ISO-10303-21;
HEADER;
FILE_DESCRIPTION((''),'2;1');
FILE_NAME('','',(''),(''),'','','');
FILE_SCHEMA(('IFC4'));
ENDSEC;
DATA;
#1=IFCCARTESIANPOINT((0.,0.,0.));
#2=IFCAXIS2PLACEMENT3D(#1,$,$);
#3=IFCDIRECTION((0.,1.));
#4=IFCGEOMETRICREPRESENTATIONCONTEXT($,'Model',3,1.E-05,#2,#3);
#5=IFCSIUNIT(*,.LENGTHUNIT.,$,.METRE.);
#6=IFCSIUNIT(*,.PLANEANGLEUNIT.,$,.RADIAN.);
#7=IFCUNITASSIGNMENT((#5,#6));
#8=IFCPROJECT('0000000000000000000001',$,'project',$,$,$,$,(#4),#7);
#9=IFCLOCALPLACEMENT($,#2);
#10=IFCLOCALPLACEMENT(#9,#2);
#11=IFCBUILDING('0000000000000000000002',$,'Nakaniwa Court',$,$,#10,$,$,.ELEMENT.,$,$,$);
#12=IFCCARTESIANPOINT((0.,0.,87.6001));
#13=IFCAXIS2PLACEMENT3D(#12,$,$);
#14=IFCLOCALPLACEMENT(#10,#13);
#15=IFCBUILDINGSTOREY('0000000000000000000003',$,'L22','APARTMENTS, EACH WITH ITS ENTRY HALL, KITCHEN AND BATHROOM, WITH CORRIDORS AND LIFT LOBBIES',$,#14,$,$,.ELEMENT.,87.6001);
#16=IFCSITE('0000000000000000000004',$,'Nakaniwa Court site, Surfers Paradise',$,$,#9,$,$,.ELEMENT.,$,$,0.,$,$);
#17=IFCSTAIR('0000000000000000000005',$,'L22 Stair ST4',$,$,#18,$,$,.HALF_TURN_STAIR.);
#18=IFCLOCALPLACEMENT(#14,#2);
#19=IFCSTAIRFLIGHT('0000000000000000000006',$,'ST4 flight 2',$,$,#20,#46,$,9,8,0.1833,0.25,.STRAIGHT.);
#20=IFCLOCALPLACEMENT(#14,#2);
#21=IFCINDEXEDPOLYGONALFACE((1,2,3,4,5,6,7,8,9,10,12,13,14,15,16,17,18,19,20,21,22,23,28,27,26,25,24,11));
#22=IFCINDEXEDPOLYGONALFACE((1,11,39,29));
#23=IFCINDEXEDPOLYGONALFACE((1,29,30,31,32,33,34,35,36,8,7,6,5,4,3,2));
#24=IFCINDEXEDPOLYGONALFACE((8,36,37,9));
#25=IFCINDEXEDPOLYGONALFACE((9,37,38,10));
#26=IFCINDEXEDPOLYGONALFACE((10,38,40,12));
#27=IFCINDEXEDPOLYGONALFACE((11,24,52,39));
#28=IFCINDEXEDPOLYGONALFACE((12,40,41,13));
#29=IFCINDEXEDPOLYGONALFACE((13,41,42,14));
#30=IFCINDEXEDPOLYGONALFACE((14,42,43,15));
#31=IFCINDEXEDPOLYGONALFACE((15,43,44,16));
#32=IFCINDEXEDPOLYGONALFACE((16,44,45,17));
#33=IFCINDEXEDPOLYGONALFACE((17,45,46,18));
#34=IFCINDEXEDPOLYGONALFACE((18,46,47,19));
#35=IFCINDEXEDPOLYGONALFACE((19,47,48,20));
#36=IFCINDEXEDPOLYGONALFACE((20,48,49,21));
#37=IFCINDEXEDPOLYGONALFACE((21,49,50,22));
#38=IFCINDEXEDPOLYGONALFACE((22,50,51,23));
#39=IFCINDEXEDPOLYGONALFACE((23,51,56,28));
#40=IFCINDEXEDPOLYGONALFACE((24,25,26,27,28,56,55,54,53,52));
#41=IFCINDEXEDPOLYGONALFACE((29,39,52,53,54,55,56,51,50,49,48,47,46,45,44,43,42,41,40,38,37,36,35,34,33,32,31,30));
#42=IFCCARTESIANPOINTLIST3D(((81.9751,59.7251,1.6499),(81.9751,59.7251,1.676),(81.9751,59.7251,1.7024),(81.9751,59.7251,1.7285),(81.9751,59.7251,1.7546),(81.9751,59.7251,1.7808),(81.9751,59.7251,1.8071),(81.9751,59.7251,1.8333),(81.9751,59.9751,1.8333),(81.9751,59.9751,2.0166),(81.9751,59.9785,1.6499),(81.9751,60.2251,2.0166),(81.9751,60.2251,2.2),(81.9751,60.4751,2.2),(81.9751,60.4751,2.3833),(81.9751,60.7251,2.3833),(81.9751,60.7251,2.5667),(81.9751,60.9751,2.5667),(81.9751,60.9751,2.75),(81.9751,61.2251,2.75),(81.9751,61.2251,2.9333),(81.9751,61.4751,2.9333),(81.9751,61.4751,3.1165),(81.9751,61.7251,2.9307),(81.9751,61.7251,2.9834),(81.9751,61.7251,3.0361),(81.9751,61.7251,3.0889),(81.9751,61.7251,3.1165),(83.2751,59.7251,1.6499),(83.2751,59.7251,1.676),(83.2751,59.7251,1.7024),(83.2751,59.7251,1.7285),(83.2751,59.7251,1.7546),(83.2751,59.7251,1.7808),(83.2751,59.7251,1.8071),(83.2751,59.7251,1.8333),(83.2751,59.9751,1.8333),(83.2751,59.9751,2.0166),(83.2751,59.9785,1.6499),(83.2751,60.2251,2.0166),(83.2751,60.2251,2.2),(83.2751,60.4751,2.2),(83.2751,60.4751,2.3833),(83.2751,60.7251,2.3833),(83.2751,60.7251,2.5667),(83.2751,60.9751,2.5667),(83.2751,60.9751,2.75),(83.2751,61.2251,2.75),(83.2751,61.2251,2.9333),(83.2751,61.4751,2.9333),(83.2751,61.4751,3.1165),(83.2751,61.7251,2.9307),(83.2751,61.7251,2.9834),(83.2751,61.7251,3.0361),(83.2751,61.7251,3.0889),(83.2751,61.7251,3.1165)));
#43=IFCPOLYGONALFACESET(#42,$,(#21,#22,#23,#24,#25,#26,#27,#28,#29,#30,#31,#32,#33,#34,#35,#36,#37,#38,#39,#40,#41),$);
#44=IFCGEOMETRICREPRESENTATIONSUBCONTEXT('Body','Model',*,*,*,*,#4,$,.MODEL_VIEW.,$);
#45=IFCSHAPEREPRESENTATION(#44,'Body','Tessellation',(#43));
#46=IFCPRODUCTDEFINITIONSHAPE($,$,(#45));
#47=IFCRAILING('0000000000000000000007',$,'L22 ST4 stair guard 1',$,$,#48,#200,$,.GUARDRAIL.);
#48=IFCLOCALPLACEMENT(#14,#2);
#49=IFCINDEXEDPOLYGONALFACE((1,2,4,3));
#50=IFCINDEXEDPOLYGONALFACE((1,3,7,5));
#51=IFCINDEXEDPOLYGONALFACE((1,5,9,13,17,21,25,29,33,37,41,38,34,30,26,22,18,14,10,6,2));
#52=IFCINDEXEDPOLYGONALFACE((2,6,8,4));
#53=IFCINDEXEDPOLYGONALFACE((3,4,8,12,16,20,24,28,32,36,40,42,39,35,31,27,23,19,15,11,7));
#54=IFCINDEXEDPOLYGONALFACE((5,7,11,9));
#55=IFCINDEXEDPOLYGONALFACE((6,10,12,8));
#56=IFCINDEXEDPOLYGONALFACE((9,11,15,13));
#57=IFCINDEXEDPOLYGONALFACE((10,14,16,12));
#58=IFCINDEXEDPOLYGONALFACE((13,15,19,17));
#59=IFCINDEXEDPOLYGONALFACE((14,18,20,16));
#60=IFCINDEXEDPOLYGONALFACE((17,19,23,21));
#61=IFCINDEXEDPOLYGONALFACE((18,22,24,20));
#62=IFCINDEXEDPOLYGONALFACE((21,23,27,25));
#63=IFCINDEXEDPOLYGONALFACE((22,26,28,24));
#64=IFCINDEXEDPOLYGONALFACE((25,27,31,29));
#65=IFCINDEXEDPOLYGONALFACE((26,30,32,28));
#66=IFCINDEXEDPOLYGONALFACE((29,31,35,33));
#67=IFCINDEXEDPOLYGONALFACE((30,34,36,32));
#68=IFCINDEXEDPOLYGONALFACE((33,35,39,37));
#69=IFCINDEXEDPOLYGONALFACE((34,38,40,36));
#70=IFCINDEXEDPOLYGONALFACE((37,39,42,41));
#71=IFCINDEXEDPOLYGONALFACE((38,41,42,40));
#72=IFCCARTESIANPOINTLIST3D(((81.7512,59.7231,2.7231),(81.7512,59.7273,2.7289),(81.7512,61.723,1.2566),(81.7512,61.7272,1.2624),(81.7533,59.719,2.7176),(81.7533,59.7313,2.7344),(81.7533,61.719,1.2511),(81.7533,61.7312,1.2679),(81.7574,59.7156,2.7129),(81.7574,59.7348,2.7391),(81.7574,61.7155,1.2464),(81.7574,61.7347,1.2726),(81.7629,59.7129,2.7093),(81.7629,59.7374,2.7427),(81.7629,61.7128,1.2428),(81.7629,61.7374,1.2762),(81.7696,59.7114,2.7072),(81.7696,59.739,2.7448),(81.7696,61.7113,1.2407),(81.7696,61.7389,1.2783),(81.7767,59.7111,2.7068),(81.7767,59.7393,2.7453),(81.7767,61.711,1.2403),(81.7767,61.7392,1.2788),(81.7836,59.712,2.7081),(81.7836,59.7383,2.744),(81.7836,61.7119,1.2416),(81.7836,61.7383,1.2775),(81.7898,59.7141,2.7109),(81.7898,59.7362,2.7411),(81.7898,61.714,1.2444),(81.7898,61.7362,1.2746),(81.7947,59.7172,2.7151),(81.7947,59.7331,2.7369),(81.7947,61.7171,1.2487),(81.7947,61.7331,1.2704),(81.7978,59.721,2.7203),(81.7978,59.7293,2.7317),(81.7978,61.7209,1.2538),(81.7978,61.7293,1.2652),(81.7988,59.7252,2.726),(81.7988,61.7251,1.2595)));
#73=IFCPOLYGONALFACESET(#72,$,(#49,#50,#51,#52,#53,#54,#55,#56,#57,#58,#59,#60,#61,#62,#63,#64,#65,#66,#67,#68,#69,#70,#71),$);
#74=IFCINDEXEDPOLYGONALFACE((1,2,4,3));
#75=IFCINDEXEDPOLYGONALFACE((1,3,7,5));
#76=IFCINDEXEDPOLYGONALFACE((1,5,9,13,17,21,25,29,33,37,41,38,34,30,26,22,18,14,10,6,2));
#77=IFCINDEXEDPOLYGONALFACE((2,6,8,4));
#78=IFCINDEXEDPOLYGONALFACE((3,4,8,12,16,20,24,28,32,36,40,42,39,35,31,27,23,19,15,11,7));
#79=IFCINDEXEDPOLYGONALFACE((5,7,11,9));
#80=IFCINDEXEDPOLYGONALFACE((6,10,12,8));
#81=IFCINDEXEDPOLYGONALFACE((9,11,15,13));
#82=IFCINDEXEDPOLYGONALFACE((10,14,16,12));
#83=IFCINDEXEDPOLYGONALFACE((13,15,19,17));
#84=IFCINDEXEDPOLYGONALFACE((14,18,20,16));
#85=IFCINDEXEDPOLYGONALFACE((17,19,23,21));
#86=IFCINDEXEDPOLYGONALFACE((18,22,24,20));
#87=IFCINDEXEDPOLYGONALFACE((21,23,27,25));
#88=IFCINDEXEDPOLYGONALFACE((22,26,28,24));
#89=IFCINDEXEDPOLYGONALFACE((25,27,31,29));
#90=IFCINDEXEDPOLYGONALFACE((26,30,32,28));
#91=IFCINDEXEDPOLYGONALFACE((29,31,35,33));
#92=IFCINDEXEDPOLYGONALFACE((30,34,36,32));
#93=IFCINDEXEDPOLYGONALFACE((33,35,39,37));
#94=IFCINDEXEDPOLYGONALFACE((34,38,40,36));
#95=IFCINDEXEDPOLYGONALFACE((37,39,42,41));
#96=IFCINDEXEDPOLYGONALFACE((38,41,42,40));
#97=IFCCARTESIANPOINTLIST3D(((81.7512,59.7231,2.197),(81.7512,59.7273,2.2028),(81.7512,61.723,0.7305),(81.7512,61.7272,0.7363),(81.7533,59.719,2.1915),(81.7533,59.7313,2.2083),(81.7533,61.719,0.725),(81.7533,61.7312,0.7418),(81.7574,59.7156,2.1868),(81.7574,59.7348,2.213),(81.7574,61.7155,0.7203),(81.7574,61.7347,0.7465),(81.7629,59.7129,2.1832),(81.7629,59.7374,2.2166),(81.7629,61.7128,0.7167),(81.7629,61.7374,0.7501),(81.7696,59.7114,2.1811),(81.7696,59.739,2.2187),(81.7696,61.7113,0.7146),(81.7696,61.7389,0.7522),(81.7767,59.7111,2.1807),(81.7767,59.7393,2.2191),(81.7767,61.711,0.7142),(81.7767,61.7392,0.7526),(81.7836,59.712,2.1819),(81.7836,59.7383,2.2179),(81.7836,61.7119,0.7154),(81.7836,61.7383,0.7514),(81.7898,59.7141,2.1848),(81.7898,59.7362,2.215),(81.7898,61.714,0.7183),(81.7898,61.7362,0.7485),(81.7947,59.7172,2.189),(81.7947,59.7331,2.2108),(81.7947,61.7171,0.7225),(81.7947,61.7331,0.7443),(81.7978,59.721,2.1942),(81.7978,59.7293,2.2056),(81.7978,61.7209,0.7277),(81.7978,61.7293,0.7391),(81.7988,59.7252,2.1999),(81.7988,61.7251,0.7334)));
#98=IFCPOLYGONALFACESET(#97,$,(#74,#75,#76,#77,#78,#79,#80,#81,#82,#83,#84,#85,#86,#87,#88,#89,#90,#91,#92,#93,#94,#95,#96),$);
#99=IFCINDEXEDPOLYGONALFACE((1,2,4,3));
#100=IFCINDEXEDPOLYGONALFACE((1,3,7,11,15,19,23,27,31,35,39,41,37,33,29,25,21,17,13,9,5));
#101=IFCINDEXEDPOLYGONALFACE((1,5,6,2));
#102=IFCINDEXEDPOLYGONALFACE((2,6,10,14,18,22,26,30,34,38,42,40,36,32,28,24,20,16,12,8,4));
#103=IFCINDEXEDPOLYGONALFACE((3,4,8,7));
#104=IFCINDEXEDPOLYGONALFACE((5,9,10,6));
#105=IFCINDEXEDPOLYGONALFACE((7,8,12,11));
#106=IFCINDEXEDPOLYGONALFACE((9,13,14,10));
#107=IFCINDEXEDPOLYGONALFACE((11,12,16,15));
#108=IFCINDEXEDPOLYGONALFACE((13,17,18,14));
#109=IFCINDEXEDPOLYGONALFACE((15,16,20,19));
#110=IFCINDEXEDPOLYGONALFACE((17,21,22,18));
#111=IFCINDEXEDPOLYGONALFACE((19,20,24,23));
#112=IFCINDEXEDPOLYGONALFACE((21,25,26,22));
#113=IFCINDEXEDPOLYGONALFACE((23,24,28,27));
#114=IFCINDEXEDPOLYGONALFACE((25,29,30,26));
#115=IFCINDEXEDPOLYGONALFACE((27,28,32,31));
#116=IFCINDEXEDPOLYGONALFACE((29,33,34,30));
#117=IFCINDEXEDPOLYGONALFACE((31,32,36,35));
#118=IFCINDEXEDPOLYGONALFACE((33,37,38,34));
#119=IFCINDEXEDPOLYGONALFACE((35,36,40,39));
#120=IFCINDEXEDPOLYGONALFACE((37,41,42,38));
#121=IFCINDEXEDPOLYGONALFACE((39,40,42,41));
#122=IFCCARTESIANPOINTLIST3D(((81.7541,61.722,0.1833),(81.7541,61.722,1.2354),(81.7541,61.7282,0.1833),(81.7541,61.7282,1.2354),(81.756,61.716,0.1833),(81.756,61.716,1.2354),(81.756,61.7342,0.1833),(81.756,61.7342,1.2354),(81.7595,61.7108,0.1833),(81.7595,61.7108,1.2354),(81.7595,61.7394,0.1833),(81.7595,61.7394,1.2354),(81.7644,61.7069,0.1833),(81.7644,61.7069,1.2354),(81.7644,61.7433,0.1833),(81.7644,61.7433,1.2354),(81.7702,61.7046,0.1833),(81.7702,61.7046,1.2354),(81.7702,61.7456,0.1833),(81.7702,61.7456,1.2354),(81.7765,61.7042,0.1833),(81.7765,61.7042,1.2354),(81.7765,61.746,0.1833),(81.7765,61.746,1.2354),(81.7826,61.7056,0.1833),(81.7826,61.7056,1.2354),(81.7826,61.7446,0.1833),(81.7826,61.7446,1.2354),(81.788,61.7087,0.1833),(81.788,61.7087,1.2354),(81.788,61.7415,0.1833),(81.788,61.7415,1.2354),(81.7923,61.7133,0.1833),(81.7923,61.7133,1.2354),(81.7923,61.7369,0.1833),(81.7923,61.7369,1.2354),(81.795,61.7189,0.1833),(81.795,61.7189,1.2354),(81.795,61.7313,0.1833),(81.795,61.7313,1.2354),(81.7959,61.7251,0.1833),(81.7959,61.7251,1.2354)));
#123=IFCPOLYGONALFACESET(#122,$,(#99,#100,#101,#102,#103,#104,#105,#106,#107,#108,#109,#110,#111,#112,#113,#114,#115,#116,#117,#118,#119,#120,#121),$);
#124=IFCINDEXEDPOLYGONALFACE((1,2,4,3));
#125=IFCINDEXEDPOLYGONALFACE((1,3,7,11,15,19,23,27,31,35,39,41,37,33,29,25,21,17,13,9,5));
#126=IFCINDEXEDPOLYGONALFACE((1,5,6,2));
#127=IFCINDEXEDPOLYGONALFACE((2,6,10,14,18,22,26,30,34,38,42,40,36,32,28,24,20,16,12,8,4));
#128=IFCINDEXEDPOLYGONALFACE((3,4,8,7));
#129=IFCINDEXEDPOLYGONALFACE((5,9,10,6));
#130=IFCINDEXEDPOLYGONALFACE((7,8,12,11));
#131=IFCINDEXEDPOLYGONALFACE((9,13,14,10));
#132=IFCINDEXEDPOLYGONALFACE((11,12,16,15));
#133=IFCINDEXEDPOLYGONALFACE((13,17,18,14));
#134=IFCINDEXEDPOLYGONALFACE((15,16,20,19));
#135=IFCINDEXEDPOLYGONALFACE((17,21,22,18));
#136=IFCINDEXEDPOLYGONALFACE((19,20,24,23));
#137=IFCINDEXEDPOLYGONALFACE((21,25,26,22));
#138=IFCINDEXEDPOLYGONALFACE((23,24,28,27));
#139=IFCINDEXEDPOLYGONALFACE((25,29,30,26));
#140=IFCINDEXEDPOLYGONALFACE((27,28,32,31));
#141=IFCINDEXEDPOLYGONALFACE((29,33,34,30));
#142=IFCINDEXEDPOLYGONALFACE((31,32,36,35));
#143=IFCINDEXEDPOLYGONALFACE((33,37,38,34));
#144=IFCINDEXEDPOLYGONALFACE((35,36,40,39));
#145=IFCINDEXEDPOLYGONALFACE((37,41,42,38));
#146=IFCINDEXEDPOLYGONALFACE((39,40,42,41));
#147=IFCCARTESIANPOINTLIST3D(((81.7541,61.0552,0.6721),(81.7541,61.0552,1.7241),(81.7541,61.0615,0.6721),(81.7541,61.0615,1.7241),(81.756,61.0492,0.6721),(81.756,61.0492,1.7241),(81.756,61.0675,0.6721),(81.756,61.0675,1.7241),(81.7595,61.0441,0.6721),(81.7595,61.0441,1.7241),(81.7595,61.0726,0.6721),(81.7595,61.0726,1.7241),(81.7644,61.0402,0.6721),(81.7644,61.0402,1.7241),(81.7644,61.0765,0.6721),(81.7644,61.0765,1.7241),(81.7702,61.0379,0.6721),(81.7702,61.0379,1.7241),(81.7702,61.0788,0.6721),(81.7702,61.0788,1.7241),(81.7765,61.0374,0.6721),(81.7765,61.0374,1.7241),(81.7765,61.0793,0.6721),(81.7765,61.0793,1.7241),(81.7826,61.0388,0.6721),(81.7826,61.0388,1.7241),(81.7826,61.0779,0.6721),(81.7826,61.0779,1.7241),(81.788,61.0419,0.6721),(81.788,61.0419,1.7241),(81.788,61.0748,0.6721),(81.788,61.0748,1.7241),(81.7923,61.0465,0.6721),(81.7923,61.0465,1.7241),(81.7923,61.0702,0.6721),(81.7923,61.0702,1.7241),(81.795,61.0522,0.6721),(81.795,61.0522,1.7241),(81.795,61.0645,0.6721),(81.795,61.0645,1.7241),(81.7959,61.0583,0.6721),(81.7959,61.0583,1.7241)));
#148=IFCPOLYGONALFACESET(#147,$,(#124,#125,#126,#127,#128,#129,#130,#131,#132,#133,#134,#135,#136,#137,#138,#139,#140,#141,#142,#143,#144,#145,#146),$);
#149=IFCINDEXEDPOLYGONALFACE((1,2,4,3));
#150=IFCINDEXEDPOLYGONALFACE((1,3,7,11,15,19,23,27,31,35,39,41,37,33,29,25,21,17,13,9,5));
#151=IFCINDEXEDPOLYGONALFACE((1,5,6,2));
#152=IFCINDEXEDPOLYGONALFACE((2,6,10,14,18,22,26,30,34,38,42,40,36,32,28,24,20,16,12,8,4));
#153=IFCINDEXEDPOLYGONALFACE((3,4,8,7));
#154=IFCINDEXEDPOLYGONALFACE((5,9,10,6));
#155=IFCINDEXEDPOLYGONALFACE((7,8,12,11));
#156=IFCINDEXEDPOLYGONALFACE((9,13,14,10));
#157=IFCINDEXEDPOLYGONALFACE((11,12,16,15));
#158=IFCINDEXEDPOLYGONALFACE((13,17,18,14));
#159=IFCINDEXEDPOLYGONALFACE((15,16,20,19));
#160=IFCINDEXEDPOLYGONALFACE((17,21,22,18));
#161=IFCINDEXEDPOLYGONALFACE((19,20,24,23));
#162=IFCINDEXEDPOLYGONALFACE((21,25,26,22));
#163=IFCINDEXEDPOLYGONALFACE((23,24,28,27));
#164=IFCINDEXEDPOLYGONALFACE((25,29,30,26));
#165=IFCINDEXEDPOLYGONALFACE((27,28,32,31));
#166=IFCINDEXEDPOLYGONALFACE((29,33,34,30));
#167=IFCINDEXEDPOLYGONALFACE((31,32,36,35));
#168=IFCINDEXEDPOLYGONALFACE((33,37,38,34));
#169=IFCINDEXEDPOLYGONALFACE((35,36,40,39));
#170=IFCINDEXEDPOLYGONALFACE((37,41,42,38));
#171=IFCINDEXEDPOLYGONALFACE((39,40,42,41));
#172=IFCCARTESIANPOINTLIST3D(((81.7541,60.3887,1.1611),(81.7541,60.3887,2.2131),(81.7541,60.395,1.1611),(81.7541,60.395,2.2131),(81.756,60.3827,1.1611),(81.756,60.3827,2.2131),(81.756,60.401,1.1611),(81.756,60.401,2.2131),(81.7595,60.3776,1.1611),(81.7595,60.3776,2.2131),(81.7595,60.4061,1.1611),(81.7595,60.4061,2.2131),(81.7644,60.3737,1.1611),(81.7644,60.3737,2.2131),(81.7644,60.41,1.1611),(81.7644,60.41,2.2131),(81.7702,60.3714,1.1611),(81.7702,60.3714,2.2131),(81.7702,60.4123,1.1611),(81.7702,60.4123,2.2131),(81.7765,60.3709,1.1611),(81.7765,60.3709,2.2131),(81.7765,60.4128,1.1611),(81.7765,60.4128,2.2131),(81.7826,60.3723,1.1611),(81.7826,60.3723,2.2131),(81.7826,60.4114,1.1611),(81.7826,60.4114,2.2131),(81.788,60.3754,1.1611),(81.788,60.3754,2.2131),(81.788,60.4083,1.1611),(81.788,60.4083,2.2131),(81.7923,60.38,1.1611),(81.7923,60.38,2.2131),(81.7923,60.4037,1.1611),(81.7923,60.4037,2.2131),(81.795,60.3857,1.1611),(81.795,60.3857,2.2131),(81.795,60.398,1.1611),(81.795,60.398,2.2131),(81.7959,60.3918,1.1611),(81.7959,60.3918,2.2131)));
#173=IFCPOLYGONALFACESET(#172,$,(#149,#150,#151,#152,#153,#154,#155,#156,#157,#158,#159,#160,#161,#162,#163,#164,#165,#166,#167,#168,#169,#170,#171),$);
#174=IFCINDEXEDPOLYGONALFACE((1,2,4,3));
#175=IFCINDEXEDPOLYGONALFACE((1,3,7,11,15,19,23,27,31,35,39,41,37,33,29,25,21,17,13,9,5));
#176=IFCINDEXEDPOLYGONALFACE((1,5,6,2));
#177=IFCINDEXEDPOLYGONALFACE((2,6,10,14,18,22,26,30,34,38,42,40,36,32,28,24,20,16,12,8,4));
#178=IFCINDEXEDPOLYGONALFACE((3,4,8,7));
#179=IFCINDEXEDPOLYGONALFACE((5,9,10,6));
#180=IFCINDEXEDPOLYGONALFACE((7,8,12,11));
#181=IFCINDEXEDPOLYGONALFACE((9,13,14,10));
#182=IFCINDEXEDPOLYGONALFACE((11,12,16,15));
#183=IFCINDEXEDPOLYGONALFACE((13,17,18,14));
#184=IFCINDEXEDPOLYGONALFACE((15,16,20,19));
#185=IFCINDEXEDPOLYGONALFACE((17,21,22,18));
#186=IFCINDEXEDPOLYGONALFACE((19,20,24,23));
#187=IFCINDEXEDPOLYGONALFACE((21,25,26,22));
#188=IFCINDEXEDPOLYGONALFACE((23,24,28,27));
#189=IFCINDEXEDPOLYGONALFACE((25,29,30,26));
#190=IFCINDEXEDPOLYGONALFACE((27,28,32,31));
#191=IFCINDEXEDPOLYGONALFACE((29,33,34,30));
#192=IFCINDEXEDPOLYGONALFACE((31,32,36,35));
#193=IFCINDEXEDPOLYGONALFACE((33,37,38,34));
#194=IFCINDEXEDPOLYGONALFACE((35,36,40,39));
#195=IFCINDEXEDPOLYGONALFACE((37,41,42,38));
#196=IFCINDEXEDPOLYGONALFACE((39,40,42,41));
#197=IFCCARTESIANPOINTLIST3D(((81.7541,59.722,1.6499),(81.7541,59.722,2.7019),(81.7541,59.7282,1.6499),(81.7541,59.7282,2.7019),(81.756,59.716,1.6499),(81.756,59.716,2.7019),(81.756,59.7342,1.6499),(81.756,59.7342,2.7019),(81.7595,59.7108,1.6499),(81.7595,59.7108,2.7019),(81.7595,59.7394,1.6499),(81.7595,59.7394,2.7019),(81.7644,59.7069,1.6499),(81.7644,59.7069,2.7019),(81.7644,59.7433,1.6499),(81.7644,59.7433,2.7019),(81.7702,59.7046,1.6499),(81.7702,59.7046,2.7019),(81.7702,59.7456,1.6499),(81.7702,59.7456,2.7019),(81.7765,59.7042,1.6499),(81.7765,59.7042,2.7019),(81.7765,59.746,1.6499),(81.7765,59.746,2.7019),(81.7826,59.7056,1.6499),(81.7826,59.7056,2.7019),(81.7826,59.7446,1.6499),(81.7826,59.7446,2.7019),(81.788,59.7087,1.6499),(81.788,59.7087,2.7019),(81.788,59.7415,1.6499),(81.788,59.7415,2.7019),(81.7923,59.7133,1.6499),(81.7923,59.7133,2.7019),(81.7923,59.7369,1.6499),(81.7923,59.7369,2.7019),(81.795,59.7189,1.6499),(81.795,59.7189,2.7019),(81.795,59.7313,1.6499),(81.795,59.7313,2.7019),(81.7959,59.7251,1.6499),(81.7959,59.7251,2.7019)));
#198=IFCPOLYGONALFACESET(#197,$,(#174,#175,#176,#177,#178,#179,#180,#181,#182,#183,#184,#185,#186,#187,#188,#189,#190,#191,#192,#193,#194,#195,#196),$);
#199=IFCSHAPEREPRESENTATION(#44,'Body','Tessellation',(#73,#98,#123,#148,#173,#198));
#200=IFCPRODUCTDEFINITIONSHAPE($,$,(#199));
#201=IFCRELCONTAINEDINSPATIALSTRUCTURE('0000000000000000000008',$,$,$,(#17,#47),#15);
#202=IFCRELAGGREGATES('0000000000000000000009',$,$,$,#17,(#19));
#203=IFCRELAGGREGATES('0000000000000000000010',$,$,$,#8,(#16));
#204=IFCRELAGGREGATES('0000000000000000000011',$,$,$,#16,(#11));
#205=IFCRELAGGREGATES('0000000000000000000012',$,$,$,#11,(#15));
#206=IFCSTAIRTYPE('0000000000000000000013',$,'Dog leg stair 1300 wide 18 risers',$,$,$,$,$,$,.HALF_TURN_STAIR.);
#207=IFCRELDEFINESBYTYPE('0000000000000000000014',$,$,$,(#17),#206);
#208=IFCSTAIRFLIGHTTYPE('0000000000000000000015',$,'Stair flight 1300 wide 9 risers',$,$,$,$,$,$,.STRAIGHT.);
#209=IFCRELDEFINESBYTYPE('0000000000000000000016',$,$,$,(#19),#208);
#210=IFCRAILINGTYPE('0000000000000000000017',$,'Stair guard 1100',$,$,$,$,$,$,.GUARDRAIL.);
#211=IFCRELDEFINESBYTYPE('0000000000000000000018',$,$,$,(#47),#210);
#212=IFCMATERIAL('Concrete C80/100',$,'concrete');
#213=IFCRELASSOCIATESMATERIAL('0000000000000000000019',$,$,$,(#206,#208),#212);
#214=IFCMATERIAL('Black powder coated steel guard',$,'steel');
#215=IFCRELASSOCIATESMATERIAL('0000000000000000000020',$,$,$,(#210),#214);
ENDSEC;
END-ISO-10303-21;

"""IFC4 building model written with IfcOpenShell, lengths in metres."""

from ifc_helpers import new_model, si_unit, direction, frame, origin, origin_2d, place, context, subcontext, project, spatial, polyline, circle, outline, extrude, material, type_object, element, aggregate, save


model = new_model("IFC4")

# Units and contexts
model_context = context("Model", 3, precision=1e-05, world=origin(), true_north=direction((0.0, 1.0)))
body_context = subcontext(model_context, "Body", "Model", "MODEL_VIEW")
ifc_project = project(units=[si_unit("LENGTHUNIT", "METRE"), si_unit("PLANEANGLEUNIT", "RADIAN")], contexts=[model_context])

# Site, building, storey
site_placement = place(None, origin())
site = spatial("IfcSite", under=ifc_project, at=site_placement, Name="Nakaniwa Court site, Surfers Paradise", CompositionType="ELEMENT", RefElevation=0.0)
building_placement = place(site_placement, origin())
building = spatial("IfcBuilding", under=site, at=building_placement, Name="Nakaniwa Court", CompositionType="ELEMENT")
storey_placement = place(building_placement, frame((0.0, 0.0, 87.6001)))
storey = spatial("IfcBuildingStorey", under=building, at=storey_placement, Name="L22", Description="APARTMENTS, EACH WITH ITS ENTRY HALL, KITCHEN AND BATHROOM, WITH CORRIDORS AND LIFT LOBBIES", CompositionType="ELEMENT", Elevation=87.6001)

# Shared definitions
ifc_material_1 = material(Name="Concrete C80/100", Category="concrete")

# Stair, stair flight
stair_type = type_object("IfcStairType", Name="Dog leg stair 1300 wide 18 risers", PredefinedType="HALF_TURN_STAIR", material=ifc_material_1)
stair_placement = place(storey_placement, origin())
stair = element("IfcStair", 1, at=stair_placement, inside=storey, type_object=stair_type, Name="L22 Stair ST4", PredefinedType="HALF_TURN_STAIR")
stair_flight_type = type_object("IfcStairFlightType", Name="Stair flight 1300 wide 9 risers", PredefinedType="STRAIGHT", material=ifc_material_1)
stair_flight_1_placement = place(storey_placement, frame((82.625, 59.7251, 1.6499), z_axis=(0.0, 0.0, 1.0), x_axis=(0.0, 1.0, 0.0)))
stair_flight_1 = element("IfcStairFlight", 2, at=stair_flight_1_placement, type_object=stair_flight_type, Name="ST4 flight 2", NumberOfRisers=9, NumberOfTreads=8, PredefinedType="STRAIGHT", RiserHeight=0.1833, TreadLength=0.25, context=body_context, shape_type="SweptSolid", body=[
    extrude(outline(polyline([(0.0, 0.0), (0.0, 0.0261), (0.0, 0.0525), (0.0, 0.0786), (0.0, 0.1047), (0.0, 0.1309), (0.0, 0.1572), (0.0, 0.1833), (0.25, 0.1833), (0.25, 0.3667), (0.5, 0.3667), (0.5, 0.55), (0.75, 0.55), (0.75, 0.7334), (1.0, 0.7334), (1.0, 0.9167), (1.25, 0.9167), (1.25, 1.1001), (1.5, 1.1001), (1.5, 1.2834), (1.75, 1.2834), (1.75, 1.4666), (2.0, 1.4666), (2.0, 1.6499), (2.0, 1.5972), (2.0, 1.5444), (2.0, 1.4917), (2.0, 1.439), (2.0, 1.3862), (2.0, 1.3335), (2.0, 1.2808), (0.2534, 0.0), (0.0, 0.0)])), frame((0.0, 0.6499, 0.0), z_axis=(0.0, -1.0, 0.0), x_axis=(1.0, 0.0, 0.0)), (0.0, 0.0, 1.0), 1.3),
])
aggregate(stair, [stair_flight_1])

# Railing
ifc_material_2 = material(Name="Black powder coated steel guard", Category="steel")
railing_type_1 = type_object("IfcRailingType", Name="Stair guard 1100", PredefinedType="GUARDRAIL", material=ifc_material_2)
railing_1_placement = place(storey_placement, frame((81.7749, 61.7251, 0.1833)))
element("IfcRailing", 3, at=railing_1_placement, inside=storey, type_object=railing_type_1, Name="L22 ST4 stair guard 1", PredefinedType="GUARDRAIL", context=body_context, shape_type="SweptSolid", body=[
    extrude(circle(Radius=0.0239, at=origin_2d()), frame((0.0, 0.0, 1.0762), z_axis=(0.0, -0.806427, 0.591334), x_axis=(1.0, 0.0, 0.0)), (0.0, 0.0, 1.0), 2.48),
    extrude(circle(Radius=0.0239, at=origin_2d()), frame((0.0, 0.0, 0.55), z_axis=(0.0, -0.806427, 0.591334), x_axis=(1.0, 0.0, 0.0)), (0.0, 0.0, 1.0), 2.48),
    extrude(circle(Radius=0.021, at=origin_2d()), origin(), (0.0, 0.0, 1.0), 1.052),
    extrude(circle(Radius=0.021, at=origin_2d()), frame((0.0, -0.6667, 0.4888)), (0.0, 0.0, 1.0), 1.052),
    extrude(circle(Radius=0.021, at=origin_2d()), frame((0.0, -1.3333, 0.9778)), (0.0, 0.0, 1.0), 1.052),
    extrude(circle(Radius=0.021, at=origin_2d()), frame((0.0, -2.0, 1.4666)), (0.0, 0.0, 1.0), 1.052),
])

save(model, "model.ifc")
